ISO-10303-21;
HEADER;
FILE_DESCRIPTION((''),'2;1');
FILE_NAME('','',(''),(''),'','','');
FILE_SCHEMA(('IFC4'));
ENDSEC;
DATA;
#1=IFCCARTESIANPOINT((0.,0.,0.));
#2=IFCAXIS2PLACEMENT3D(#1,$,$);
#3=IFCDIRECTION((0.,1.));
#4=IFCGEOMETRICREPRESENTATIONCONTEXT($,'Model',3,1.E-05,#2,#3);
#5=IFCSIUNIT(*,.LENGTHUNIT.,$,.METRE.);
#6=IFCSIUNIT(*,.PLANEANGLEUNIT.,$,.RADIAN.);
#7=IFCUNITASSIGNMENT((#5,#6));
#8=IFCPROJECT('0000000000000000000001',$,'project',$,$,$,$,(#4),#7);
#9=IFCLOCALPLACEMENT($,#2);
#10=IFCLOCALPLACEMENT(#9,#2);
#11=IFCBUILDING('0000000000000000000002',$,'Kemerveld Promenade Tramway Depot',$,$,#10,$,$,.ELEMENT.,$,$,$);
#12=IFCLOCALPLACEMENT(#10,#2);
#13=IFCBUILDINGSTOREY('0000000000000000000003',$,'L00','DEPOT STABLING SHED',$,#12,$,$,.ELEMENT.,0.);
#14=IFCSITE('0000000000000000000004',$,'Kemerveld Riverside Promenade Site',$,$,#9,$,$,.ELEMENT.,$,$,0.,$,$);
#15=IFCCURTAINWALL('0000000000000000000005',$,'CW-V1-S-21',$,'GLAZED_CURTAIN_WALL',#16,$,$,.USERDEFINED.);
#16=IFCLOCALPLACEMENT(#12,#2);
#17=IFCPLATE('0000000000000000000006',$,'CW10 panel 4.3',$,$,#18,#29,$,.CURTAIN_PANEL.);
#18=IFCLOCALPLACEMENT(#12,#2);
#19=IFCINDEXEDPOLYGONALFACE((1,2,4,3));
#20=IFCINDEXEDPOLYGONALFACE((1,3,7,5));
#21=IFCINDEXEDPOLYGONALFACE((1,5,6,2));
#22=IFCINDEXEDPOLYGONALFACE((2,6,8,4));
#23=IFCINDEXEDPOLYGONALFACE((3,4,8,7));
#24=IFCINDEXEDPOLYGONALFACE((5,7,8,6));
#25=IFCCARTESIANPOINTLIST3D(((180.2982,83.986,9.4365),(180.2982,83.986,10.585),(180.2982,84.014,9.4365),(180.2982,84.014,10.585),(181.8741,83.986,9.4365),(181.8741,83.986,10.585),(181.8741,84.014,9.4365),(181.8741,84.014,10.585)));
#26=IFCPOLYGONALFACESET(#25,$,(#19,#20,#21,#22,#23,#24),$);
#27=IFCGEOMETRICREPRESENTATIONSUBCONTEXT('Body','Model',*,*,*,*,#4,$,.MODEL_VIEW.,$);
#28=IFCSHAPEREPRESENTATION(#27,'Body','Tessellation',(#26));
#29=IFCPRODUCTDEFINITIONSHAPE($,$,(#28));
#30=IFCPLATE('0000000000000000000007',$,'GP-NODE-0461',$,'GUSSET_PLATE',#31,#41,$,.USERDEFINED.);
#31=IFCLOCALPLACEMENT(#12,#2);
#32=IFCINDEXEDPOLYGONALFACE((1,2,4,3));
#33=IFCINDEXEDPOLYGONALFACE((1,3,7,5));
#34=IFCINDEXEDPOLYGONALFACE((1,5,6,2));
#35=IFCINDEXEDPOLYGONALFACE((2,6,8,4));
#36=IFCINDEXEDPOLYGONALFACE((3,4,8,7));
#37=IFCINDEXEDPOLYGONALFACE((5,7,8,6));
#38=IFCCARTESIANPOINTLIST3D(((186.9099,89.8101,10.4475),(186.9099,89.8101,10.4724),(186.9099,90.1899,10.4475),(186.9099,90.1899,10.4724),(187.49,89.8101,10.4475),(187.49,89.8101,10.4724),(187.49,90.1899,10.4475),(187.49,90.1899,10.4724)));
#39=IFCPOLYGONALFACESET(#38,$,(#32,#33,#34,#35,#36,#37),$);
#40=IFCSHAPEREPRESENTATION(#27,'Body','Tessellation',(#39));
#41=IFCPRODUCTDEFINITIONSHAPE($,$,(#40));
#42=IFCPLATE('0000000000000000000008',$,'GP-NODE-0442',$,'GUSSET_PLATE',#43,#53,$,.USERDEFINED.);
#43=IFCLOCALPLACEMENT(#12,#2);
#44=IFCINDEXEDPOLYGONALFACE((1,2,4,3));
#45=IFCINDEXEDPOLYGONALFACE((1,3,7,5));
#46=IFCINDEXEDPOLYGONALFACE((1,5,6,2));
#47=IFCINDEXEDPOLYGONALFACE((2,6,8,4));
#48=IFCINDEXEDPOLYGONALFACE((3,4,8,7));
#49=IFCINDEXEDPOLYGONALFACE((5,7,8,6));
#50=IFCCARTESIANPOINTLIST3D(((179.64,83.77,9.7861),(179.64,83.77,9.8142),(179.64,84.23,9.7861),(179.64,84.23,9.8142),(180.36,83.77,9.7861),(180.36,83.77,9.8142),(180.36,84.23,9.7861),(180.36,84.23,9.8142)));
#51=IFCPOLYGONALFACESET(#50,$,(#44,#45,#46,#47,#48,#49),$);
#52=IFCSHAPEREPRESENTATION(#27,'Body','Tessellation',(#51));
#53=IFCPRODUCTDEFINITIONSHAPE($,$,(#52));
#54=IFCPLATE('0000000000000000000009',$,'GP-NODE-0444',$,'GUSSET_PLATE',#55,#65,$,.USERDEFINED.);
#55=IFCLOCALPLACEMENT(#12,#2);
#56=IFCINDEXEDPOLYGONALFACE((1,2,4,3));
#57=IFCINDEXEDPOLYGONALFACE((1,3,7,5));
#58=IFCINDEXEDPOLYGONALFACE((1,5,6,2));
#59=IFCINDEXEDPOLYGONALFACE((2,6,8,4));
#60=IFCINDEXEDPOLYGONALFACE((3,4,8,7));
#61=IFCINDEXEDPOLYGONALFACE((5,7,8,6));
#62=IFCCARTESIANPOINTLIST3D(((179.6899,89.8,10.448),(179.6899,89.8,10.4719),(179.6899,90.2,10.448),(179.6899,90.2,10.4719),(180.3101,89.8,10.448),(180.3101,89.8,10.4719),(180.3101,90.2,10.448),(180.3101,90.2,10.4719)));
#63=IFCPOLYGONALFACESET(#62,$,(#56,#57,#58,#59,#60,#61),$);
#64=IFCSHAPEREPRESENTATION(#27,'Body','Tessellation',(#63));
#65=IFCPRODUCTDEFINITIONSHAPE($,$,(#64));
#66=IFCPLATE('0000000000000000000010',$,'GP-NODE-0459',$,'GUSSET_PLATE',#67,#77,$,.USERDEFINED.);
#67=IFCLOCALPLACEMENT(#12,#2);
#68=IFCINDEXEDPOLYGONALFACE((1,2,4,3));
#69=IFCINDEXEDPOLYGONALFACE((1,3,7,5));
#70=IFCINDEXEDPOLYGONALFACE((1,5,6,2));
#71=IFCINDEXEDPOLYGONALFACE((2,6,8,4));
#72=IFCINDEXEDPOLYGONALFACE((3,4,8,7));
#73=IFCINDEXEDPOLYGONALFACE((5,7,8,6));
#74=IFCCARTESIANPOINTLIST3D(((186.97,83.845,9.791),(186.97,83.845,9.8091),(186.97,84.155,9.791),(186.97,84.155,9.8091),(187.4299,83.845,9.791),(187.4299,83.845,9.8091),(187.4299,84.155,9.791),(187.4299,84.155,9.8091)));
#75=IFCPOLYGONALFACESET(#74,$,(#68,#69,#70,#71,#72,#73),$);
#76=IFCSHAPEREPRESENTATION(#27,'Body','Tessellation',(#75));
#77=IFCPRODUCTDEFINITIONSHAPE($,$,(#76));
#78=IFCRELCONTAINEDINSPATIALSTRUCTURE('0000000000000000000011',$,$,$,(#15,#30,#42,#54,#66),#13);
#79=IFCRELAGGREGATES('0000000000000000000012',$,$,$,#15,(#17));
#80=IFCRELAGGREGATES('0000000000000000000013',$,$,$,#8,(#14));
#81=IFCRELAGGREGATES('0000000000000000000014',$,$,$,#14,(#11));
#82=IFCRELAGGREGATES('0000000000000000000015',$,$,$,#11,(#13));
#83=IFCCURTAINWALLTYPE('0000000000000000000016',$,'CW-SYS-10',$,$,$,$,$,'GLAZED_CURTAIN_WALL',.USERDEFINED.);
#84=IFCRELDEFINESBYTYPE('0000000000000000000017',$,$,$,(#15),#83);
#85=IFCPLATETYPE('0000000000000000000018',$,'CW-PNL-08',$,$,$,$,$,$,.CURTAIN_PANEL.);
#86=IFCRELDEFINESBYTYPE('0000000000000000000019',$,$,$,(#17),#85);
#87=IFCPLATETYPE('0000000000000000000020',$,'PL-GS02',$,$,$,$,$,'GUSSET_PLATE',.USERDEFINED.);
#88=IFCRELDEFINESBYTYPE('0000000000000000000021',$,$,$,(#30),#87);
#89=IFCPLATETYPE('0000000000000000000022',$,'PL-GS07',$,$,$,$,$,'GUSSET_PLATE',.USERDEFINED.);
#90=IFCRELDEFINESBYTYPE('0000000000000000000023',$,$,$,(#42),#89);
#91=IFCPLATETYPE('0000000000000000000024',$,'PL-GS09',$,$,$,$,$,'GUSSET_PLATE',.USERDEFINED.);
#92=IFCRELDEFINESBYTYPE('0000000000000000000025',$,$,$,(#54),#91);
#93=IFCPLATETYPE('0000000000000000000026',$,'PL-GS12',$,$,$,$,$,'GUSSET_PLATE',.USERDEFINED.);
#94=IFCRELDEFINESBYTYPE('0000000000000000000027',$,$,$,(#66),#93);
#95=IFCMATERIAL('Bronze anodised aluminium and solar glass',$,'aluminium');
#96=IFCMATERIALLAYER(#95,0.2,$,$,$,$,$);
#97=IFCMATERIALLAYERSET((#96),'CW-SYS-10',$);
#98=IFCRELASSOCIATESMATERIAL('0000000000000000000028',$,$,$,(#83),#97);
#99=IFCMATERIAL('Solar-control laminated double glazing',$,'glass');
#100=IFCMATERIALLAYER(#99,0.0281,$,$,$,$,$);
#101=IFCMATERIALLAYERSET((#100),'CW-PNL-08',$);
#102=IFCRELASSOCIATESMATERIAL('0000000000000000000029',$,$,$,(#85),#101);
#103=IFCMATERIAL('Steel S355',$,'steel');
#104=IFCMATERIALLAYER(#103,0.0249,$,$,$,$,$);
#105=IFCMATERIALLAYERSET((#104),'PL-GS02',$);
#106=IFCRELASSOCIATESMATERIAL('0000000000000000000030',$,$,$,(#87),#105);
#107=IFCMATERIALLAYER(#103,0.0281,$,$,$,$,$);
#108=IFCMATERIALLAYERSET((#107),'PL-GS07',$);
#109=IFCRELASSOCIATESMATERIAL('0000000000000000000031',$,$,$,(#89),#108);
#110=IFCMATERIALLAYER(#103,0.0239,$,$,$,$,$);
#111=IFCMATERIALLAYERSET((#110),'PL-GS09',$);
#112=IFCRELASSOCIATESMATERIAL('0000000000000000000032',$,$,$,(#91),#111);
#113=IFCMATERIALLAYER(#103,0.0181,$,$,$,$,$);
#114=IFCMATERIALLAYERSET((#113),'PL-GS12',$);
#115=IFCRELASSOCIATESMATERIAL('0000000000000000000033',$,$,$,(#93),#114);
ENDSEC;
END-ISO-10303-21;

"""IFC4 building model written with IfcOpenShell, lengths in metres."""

from ifc_helpers import new_model, si_unit, direction, frame, origin, origin_2d, place, context, subcontext, project, spatial, rectangle, extrude, material, layer, layer_set, type_object, element, aggregate, save


model = new_model("IFC4")

# Units and contexts
model_context = context("Model", 3, precision=1e-05, world=origin(), true_north=direction((0.0, 1.0)))
body_context = subcontext(model_context, "Body", "Model", "MODEL_VIEW")
ifc_project = project(units=[si_unit("LENGTHUNIT", "METRE"), si_unit("PLANEANGLEUNIT", "RADIAN")], contexts=[model_context])

# Site, building, storey
site_placement = place(None, origin())
site = spatial("IfcSite", under=ifc_project, at=site_placement, Name="Kemerveld Riverside Promenade Site", CompositionType="ELEMENT", RefElevation=0.0)
building_placement = place(site_placement, origin())
building = spatial("IfcBuilding", under=site, at=building_placement, Name="Kemerveld Promenade Tramway Depot", CompositionType="ELEMENT")
storey_placement = place(building_placement, origin())
storey = spatial("IfcBuildingStorey", under=building, at=storey_placement, Name="L00", Description="DEPOT STABLING SHED", CompositionType="ELEMENT", Elevation=0.0)

# Shared definitions
ifc_material_1 = material(Name="Steel S355", Category="steel")

# Curtain wall
ifc_material_2 = material(Name="Bronze anodised aluminium and solar glass", Category="aluminium")
ifc_layer_1 = layer(ifc_material_2, 0.2)
ifc_layer_set_1 = layer_set([ifc_layer_1], Name="CW-SYS-10")
curtain_wall_type_1 = type_object("IfcCurtainWallType", Name="CW-SYS-10", ElementType="GLAZED_CURTAIN_WALL", PredefinedType="USERDEFINED", material=ifc_layer_set_1)
curtain_wall_1_placement = place(storey_placement, origin())
curtain_wall_1 = element("IfcCurtainWall", 1, at=curtain_wall_1_placement, inside=storey, type_object=curtain_wall_type_1, Name="CW-V1-S-21", ObjectType="GLAZED_CURTAIN_WALL", PredefinedType="USERDEFINED")

# Plate
ifc_material_3 = material(Name="Solar-control laminated double glazing", Category="glass")
ifc_layer_2 = layer(ifc_material_3, 0.0281)
ifc_layer_set_2 = layer_set([ifc_layer_2], Name="CW-PNL-08")
plate_type_1 = type_object("IfcPlateType", Name="CW-PNL-08", PredefinedType="CURTAIN_PANEL", material=ifc_layer_set_2)
plate_1_placement = place(storey_placement, frame((181.0862, 84.0, 9.4365), z_axis=(0.0, 0.0, 1.0), x_axis=(-1.0, 0.0, 0.0)))
plate_1 = element("IfcPlate", 2, at=plate_1_placement, type_object=plate_type_1, Name="CW10 panel 4.3", PredefinedType="CURTAIN_PANEL", context=body_context, shape_type="SweptSolid", body=[
    extrude(rectangle(XDim=1.5759, YDim=0.0281, at=origin_2d()), origin(), (0.0, 0.0, 1.0), 1.1484),
])
aggregate(curtain_wall_1, [plate_1])

# Plates
ifc_layer_3 = layer(ifc_material_1, 0.0249)
ifc_layer_set_3 = layer_set([ifc_layer_3], Name="PL-GS02")
plate_type_2 = type_object("IfcPlateType", Name="PL-GS02", ElementType="GUSSET_PLATE", PredefinedType="USERDEFINED", material=ifc_layer_set_3)
plate_2_placement = place(storey_placement, frame((187.2, 90.0, 10.4475), z_axis=(0.0, 0.0, 1.0), x_axis=(1.0, 0.0, 0.0)))
element("IfcPlate", 3, at=plate_2_placement, inside=storey, type_object=plate_type_2, Name="GP-NODE-0461", ObjectType="GUSSET_PLATE", PredefinedType="USERDEFINED", context=body_context, shape_type="SweptSolid", body=[
    extrude(rectangle(XDim=0.5801, YDim=0.3799, at=origin_2d()), origin(), (0.0, 0.0, 1.0), 0.0249),
])
ifc_layer_4 = layer(ifc_material_1, 0.0281)
ifc_layer_set_4 = layer_set([ifc_layer_4], Name="PL-GS07")
plate_type_3 = type_object("IfcPlateType", Name="PL-GS07", ElementType="GUSSET_PLATE", PredefinedType="USERDEFINED", material=ifc_layer_set_4)
plate_3_placement = place(storey_placement, frame((180.0, 84.0, 9.7861), z_axis=(0.0, 0.0, 1.0), x_axis=(1.0, 0.0, 0.0)))
element("IfcPlate", 4, at=plate_3_placement, inside=storey, type_object=plate_type_3, Name="GP-NODE-0442", ObjectType="GUSSET_PLATE", PredefinedType="USERDEFINED", context=body_context, shape_type="SweptSolid", body=[
    extrude(rectangle(XDim=0.72, YDim=0.46, at=origin_2d()), origin(), (0.0, 0.0, 1.0), 0.0281),
])
ifc_layer_5 = layer(ifc_material_1, 0.0239)
ifc_layer_set_5 = layer_set([ifc_layer_5], Name="PL-GS09")
plate_type_4 = type_object("IfcPlateType", Name="PL-GS09", ElementType="GUSSET_PLATE", PredefinedType="USERDEFINED", material=ifc_layer_set_5)
plate_4_placement = place(storey_placement, frame((180.0, 90.0, 10.448), z_axis=(0.0, 0.0, 1.0), x_axis=(1.0, 0.0, 0.0)))
element("IfcPlate", 5, at=plate_4_placement, inside=storey, type_object=plate_type_4, Name="GP-NODE-0444", ObjectType="GUSSET_PLATE", PredefinedType="USERDEFINED", context=body_context, shape_type="SweptSolid", body=[
    extrude(rectangle(XDim=0.6201, YDim=0.3999, at=origin_2d()), origin(), (0.0, 0.0, 1.0), 0.0239),
])
ifc_layer_6 = layer(ifc_material_1, 0.0181)
ifc_layer_set_6 = layer_set([ifc_layer_6], Name="PL-GS12")
plate_type_5 = type_object("IfcPlateType", Name="PL-GS12", ElementType="GUSSET_PLATE", PredefinedType="USERDEFINED", material=ifc_layer_set_6)
plate_5_placement = place(storey_placement, frame((187.2, 84.0, 9.791), z_axis=(0.0, 0.0, 1.0), x_axis=(1.0, 0.0, 0.0)))
element("IfcPlate", 6, at=plate_5_placement, inside=storey, type_object=plate_type_5, Name="GP-NODE-0459", ObjectType="GUSSET_PLATE", PredefinedType="USERDEFINED", context=body_context, shape_type="SweptSolid", body=[
    extrude(rectangle(XDim=0.46, YDim=0.3101, at=origin_2d()), origin(), (0.0, 0.0, 1.0), 0.0181),
])

save(model, "model.ifc")
